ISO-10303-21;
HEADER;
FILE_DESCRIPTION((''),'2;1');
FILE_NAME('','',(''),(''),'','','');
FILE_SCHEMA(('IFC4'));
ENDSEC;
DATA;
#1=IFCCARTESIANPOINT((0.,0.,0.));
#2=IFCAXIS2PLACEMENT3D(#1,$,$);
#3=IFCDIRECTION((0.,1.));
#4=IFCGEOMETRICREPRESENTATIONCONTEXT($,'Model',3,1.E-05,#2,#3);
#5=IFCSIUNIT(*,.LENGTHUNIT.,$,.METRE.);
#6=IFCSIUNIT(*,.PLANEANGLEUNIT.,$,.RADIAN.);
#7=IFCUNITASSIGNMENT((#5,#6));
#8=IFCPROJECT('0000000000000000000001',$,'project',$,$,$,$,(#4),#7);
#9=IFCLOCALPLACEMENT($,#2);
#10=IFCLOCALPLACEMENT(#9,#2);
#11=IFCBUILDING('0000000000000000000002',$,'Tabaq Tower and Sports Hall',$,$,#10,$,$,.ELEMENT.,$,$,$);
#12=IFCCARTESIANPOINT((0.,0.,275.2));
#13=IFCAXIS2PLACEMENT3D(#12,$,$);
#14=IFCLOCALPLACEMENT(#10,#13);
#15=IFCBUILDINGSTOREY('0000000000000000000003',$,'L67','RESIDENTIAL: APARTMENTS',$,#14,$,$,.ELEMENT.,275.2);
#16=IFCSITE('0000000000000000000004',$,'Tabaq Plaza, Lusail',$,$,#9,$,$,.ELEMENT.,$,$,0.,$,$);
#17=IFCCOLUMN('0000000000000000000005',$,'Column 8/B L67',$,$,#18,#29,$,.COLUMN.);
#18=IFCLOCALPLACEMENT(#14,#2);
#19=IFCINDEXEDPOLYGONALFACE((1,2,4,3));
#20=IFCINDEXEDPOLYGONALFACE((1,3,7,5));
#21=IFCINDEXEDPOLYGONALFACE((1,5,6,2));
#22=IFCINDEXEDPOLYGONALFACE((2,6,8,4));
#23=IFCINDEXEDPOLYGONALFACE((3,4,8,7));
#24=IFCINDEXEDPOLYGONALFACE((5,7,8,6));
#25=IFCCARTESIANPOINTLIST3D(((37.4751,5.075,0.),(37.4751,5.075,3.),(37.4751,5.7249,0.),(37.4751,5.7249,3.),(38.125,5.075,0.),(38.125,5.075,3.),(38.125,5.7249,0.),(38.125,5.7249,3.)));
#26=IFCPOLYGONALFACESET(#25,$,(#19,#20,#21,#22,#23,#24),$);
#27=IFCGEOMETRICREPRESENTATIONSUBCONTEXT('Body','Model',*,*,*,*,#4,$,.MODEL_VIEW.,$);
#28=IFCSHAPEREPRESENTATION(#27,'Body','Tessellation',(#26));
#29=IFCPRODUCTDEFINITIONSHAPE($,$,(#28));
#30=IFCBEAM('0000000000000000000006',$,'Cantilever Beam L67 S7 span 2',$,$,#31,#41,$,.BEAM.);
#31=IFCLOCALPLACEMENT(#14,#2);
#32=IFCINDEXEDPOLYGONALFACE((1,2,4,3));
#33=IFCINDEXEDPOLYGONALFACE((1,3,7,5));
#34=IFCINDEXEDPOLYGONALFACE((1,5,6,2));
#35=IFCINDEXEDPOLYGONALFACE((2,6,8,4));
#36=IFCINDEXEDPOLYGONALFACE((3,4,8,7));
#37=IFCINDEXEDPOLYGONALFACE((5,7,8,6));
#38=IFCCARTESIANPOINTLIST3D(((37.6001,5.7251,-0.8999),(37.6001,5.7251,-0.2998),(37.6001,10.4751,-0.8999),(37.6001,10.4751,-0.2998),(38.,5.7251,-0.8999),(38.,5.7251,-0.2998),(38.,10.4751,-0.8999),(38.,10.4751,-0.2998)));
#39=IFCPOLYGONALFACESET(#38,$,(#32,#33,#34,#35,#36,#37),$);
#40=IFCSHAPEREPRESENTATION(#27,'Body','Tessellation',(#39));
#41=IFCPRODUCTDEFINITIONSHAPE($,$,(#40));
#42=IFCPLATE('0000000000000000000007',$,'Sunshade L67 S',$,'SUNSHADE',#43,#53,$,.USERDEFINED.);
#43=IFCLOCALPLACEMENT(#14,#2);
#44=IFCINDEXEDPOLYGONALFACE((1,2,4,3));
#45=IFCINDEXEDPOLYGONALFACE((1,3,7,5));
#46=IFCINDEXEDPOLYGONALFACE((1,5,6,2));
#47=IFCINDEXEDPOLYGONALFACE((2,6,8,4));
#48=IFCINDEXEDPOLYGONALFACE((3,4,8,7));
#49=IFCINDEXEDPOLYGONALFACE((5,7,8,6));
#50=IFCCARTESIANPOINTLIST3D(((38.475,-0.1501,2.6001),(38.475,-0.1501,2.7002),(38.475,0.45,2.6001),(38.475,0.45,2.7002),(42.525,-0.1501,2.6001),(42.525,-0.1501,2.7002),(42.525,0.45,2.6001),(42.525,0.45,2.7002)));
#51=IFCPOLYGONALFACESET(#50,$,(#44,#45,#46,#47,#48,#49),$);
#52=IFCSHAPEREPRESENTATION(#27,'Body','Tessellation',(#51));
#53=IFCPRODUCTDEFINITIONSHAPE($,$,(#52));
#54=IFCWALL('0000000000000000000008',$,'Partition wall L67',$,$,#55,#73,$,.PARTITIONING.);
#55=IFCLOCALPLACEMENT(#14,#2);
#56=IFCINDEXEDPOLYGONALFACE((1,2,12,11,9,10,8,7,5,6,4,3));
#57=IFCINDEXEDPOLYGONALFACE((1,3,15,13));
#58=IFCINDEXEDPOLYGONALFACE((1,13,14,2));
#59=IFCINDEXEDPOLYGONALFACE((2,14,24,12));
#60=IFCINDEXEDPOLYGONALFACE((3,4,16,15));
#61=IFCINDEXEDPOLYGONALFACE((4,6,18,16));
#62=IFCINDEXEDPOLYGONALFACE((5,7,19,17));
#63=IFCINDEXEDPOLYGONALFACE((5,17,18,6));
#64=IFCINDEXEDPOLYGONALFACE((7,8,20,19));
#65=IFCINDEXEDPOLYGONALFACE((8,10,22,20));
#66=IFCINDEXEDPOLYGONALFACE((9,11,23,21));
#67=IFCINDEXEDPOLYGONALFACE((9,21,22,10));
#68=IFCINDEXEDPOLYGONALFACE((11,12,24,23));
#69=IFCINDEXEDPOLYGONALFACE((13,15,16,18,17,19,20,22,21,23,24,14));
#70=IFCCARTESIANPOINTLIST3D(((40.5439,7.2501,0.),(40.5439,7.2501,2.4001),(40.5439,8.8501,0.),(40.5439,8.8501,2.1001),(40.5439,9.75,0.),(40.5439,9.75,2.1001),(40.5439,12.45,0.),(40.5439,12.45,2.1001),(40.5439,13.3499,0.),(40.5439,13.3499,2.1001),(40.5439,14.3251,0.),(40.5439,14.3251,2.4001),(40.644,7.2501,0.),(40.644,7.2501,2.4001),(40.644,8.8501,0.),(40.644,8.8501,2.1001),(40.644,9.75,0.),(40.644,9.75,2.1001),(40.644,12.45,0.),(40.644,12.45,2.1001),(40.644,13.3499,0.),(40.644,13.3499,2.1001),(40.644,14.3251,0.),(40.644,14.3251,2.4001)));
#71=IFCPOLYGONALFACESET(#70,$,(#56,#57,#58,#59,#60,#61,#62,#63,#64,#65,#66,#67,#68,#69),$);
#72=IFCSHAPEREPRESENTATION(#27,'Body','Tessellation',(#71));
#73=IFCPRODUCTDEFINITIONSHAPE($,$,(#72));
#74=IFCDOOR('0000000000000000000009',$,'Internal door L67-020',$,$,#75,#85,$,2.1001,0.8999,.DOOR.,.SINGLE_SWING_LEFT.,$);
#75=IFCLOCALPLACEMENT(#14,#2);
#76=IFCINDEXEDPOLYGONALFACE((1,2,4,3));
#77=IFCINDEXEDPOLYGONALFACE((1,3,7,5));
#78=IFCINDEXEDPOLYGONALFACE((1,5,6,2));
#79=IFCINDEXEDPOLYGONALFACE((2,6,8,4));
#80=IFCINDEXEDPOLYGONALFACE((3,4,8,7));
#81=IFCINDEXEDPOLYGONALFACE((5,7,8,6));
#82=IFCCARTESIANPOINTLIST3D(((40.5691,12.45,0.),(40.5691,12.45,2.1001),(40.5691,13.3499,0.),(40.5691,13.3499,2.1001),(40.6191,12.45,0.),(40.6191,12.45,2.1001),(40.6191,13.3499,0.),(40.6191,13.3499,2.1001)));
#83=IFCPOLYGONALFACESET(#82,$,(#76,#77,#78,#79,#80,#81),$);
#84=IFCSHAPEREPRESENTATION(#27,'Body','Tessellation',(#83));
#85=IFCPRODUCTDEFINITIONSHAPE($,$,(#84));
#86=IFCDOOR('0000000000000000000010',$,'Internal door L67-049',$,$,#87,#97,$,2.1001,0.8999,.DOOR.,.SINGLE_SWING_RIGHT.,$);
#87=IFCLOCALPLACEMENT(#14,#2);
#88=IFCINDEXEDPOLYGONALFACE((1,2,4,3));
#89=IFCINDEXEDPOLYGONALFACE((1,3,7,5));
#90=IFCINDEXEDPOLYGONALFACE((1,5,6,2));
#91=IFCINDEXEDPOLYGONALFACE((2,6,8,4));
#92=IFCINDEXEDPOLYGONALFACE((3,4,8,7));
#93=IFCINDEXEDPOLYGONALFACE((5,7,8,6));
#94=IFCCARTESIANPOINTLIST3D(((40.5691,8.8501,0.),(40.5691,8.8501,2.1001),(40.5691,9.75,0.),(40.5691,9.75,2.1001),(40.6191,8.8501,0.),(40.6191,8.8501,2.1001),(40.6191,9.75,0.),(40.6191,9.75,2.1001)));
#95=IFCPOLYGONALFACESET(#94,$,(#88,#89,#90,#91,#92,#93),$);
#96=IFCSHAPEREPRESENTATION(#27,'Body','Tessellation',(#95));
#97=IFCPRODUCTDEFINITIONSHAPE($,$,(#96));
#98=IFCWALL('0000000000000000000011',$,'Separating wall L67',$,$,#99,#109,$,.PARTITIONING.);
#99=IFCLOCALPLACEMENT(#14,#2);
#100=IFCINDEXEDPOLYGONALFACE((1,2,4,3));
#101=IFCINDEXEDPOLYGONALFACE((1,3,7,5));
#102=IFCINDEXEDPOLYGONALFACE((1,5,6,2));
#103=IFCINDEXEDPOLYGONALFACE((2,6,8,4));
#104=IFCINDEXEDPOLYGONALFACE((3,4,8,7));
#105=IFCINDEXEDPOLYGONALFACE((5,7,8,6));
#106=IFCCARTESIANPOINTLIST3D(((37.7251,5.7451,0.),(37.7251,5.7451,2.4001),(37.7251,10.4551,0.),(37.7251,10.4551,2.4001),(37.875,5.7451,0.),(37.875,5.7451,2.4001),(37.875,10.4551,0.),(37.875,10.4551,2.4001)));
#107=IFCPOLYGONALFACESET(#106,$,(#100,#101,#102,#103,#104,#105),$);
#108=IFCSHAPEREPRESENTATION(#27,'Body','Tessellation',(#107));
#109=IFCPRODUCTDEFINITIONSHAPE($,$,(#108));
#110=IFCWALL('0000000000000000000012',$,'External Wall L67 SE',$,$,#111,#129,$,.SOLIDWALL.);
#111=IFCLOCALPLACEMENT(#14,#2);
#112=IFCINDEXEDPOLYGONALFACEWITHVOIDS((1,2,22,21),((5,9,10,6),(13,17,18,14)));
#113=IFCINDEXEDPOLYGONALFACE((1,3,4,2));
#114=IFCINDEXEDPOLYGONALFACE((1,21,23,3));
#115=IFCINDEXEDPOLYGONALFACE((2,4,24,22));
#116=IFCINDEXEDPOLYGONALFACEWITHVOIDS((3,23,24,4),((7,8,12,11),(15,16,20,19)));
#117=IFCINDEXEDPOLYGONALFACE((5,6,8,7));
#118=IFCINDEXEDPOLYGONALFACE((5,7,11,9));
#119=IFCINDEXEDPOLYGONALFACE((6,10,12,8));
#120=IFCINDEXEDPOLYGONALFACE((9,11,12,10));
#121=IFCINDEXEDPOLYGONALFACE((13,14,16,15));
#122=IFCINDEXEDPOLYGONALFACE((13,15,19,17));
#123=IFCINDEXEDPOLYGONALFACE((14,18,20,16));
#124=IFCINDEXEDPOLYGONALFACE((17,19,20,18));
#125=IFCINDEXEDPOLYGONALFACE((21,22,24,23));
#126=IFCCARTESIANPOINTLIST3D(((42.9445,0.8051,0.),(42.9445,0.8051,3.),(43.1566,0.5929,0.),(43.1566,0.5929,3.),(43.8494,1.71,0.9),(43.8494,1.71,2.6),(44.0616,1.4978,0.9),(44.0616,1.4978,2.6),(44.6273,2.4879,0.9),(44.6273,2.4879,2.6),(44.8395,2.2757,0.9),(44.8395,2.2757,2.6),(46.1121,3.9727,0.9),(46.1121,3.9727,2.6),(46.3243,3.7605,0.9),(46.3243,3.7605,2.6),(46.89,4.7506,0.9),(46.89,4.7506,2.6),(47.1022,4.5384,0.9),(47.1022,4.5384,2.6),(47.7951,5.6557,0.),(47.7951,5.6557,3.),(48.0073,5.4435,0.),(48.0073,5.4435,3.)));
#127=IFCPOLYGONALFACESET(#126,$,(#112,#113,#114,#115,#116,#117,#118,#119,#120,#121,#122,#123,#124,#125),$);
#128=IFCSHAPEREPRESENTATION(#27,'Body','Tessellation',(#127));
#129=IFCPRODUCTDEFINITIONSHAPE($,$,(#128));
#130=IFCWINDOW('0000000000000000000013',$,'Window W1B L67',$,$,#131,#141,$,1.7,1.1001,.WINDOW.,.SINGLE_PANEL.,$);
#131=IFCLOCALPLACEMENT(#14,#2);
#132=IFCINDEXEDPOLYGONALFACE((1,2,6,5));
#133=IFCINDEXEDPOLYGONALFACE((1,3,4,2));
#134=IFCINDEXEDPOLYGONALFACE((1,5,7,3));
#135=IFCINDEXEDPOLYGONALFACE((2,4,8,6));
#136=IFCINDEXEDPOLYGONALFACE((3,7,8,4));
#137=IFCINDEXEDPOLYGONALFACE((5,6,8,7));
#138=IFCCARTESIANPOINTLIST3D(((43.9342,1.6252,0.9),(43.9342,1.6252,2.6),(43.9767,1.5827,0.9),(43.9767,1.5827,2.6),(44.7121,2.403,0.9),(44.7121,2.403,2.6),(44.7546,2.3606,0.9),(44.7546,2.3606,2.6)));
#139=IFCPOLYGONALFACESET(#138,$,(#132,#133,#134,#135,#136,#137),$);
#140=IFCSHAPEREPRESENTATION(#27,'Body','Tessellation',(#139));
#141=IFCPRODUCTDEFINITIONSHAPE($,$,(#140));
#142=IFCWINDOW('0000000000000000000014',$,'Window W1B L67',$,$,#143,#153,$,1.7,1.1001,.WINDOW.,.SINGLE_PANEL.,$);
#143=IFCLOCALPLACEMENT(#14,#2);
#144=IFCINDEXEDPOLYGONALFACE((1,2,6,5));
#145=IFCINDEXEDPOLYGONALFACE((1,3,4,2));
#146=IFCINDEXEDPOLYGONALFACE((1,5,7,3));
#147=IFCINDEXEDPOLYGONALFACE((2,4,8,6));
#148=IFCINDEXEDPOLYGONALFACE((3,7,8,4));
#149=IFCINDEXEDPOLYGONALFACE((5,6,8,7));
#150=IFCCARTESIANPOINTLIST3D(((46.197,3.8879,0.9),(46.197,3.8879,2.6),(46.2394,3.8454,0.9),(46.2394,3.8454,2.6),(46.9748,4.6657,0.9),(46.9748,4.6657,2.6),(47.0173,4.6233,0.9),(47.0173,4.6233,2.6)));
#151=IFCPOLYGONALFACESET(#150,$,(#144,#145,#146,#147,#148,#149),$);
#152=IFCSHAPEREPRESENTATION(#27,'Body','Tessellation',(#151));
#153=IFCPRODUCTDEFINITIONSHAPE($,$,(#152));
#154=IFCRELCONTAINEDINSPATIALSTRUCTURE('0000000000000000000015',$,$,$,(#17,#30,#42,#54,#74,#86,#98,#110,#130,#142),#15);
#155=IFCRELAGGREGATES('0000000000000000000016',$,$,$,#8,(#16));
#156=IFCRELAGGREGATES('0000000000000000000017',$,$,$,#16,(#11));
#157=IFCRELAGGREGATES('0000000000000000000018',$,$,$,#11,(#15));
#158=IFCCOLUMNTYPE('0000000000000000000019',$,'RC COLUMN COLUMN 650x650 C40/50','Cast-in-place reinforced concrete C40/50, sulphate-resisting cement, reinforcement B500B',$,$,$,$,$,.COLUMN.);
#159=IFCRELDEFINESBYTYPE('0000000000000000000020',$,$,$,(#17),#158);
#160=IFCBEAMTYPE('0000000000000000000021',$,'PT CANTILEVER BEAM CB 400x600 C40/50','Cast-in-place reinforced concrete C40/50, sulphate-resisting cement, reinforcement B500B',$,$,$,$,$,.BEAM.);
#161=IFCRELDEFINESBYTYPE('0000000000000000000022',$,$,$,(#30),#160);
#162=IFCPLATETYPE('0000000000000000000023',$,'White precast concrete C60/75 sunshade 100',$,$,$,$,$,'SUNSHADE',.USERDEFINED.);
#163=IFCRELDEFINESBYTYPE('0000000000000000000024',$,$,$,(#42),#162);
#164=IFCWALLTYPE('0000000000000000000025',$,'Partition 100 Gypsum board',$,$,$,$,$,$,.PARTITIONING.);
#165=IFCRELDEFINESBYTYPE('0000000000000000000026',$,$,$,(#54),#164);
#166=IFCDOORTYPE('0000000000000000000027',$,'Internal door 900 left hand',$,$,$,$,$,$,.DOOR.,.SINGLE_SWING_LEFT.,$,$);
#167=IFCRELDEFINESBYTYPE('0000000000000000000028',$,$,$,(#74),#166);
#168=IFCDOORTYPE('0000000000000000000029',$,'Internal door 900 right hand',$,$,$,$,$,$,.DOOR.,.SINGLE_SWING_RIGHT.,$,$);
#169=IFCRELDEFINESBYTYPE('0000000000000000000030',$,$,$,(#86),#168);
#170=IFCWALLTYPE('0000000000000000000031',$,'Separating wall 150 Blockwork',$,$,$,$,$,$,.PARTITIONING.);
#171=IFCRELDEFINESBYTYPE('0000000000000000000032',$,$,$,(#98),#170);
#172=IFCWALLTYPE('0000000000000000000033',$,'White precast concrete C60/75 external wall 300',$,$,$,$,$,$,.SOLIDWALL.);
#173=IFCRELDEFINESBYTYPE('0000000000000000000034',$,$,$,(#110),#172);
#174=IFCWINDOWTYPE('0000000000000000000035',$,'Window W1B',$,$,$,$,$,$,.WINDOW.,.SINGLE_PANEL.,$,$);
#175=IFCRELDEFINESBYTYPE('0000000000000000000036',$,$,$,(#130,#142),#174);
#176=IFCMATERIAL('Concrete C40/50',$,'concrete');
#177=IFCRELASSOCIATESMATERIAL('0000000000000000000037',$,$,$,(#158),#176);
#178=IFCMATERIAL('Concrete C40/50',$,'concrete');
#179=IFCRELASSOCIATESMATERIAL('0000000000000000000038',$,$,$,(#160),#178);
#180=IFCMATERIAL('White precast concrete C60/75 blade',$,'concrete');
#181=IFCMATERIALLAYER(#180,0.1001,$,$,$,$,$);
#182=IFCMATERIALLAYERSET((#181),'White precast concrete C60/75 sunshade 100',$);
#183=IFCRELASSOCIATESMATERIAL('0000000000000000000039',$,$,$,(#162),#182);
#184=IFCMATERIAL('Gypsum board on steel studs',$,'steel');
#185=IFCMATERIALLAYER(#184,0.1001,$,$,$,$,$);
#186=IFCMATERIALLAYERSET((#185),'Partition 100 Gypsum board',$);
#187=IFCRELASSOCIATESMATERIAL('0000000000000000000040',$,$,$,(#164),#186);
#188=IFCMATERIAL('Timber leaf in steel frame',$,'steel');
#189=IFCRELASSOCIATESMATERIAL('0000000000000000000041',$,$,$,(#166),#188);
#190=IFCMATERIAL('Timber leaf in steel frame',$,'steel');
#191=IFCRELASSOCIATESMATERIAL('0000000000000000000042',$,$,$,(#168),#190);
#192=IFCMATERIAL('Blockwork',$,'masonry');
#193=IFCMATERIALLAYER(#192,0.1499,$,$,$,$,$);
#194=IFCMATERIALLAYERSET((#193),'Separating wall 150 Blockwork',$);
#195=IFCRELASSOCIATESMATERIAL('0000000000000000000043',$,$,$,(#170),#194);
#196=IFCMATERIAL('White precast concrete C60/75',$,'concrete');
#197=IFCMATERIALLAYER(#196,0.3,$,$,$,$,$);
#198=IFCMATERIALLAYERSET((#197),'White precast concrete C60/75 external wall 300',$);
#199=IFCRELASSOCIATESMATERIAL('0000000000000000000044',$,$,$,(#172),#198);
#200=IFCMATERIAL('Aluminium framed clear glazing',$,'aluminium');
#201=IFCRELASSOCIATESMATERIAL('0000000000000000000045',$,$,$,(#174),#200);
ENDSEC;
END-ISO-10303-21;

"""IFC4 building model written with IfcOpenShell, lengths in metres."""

from ifc_helpers import new_model, si_unit, direction, frame, frame_2d, origin, origin_2d, place, context, subcontext, project, spatial, rectangle, extrude, material, layer, layer_set, material_profile, profile_set, type_object, element, fill, save


model = new_model("IFC4")

# Units and contexts
model_context = context("Model", 3, precision=1e-05, world=origin(), true_north=direction((0.0, 1.0)))
body_context = subcontext(model_context, "Body", "Model", "MODEL_VIEW")
ifc_project = project(units=[si_unit("LENGTHUNIT", "METRE"), si_unit("PLANEANGLEUNIT", "RADIAN")], contexts=[model_context])

# Site, building, storey
site_placement = place(None, origin())
site = spatial("IfcSite", under=ifc_project, at=site_placement, Name="Tabaq Plaza, Lusail", CompositionType="ELEMENT", RefElevation=0.0)
building_placement = place(site_placement, origin())
building = spatial("IfcBuilding", under=site, at=building_placement, Name="Tabaq Tower and Sports Hall", CompositionType="ELEMENT")
storey_placement = place(building_placement, frame((0.0, 0.0, 275.2)))
storey = spatial("IfcBuildingStorey", under=building, at=storey_placement, Name="L67", Description="RESIDENTIAL: APARTMENTS", CompositionType="ELEMENT", Elevation=275.2)

# Column
ifc_material_1 = material(Name="Concrete C40/50", Category="concrete")
ifc_material_profile_1 = material_profile(ifc_material_1, rectangle(XDim=0.6499, YDim=0.6499, at=origin_2d()), Name="COLUMN 650x650")
ifc_profile_set_1 = profile_set([ifc_material_profile_1], Name="Concrete C40/50")
column_type = type_object("IfcColumnType", Name="RC COLUMN COLUMN 650x650 C40/50", Description="Cast-in-place reinforced concrete C40/50, sulphate-resisting cement, reinforcement B500B", PredefinedType="COLUMN", material=ifc_profile_set_1)
column_placement = place(storey_placement, frame((37.8, 5.3999, 0.0), z_axis=(0.0, 0.0, 1.0), x_axis=(1.0, 0.0, 0.0)))
element("IfcColumn", 1, at=column_placement, inside=storey, type_object=column_type, Name="Column 8/B L67", PredefinedType="COLUMN", context=body_context, shape_type="SweptSolid", body=[
    extrude(rectangle(XDim=0.6499, YDim=0.6499, at=origin_2d()), origin(), (0.0, 0.0, 1.0), 3.0),
])

# Beam
ifc_material_2 = material(Name="Concrete C40/50", Category="concrete")
ifc_material_profile_2 = material_profile(ifc_material_2, rectangle(XDim=0.3999, YDim=0.6001, at=origin_2d()), Name="CB 400x600")
ifc_profile_set_2 = profile_set([ifc_material_profile_2], Name="Concrete C40/50")
beam_type = type_object("IfcBeamType", Name="PT CANTILEVER BEAM CB 400x600 C40/50", Description="Cast-in-place reinforced concrete C40/50, sulphate-resisting cement, reinforcement B500B", PredefinedType="BEAM", material=ifc_profile_set_2)
beam_placement = place(storey_placement, frame((37.8, 5.7251, -0.5999), z_axis=(0.0, 1.0, 0.0), x_axis=(-1.0, 0.0, 0.0)))
element("IfcBeam", 2, at=beam_placement, inside=storey, type_object=beam_type, Name="Cantilever Beam L67 S7 span 2", PredefinedType="BEAM", context=body_context, shape_type="SweptSolid", body=[
    extrude(rectangle(XDim=0.3999, YDim=0.6001, at=origin_2d()), origin(), (0.0, 0.0, 1.0), 4.75),
])

# Plate
ifc_material_3 = material(Name="White precast concrete C60/75 blade", Category="concrete")
ifc_layer_1 = layer(ifc_material_3, 0.1001)
ifc_layer_set_1 = layer_set([ifc_layer_1], Name="White precast concrete C60/75 sunshade 100")
plate_type = type_object("IfcPlateType", Name="White precast concrete C60/75 sunshade 100", ElementType="SUNSHADE", PredefinedType="USERDEFINED", material=ifc_layer_set_1)
plate_placement = place(storey_placement, frame((40.5, 0.1499, 2.6001), z_axis=(0.0, 0.0, 1.0), x_axis=(1.0, 0.0, 0.0)))
element("IfcPlate", 3, at=plate_placement, inside=storey, type_object=plate_type, Name="Sunshade L67 S", ObjectType="SUNSHADE", PredefinedType="USERDEFINED", context=body_context, shape_type="SweptSolid", body=[
    extrude(rectangle(XDim=4.05, YDim=0.6001, at=origin_2d()), origin(), (0.0, 0.0, 1.0), 0.1001),
])

# Wall, openings, doors
ifc_material_4 = material(Name="Gypsum board on steel studs", Category="steel")
ifc_layer_2 = layer(ifc_material_4, 0.1001)
ifc_layer_set_2 = layer_set([ifc_layer_2], Name="Partition 100 Gypsum board")
wall_type_1 = type_object("IfcWallType", Name="Partition 100 Gypsum board", PredefinedType="PARTITIONING", material=ifc_layer_set_2)
wall_1_placement = place(storey_placement, frame((40.594, 7.25, 0.0), z_axis=(0.0, 0.0, 1.0), x_axis=(0.0, 1.0, 0.0)))
wall_1 = element("IfcWall", 4, at=wall_1_placement, inside=storey, type_object=wall_type_1, Name="Partition wall L67", PredefinedType="PARTITIONING", context=body_context, shape_type="SweptSolid", body=[
    extrude(rectangle(XDim=7.075, YDim=0.1001, at=frame_2d((3.5376, 0.0))), origin(), (0.0, 0.0, 1.0), 2.4001),
])
opening_1_placement = place(wall_1_placement, frame((5.2, 0.0, 0.0)))
opening_1 = element("IfcOpeningElement", 5, at=opening_1_placement, cuts=wall_1, PredefinedType="OPENING", context=body_context, shape_type="SweptSolid", body=[
    extrude(rectangle(XDim=0.8999, YDim=2.1001, at=frame_2d((0.45, 1.05))), frame((0.0, 0.05, 0.0), z_axis=(0.0, -1.0, 0.0), x_axis=(1.0, 0.0, 0.0)), (0.0, 0.0, 1.0), 0.1001),
])
opening_2_placement = place(wall_1_placement, frame((1.6001, 0.0, 0.0)))
opening_2 = element("IfcOpeningElement", 6, at=opening_2_placement, cuts=wall_1, PredefinedType="OPENING", context=body_context, shape_type="SweptSolid", body=[
    extrude(rectangle(XDim=0.8999, YDim=2.1001, at=frame_2d((0.45, 1.05))), frame((0.0, 0.05, 0.0), z_axis=(0.0, -1.0, 0.0), x_axis=(1.0, 0.0, 0.0)), (0.0, 0.0, 1.0), 0.1001),
])
ifc_material_5 = material(Name="Timber leaf in steel frame", Category="steel")
door_type_1 = type_object("IfcDoorType", Name="Internal door 900 left hand", OperationType="SINGLE_SWING_LEFT", PredefinedType="DOOR", material=ifc_material_5)
door_1_placement = place(opening_1_placement, origin())
door_1 = element("IfcDoor", 7, at=door_1_placement, inside=storey, type_object=door_type_1, Name="Internal door L67-020", OperationType="SINGLE_SWING_LEFT", OverallHeight=2.1001, OverallWidth=0.8999, PredefinedType="DOOR", context=body_context, shape_type="SweptSolid", body=[
    extrude(rectangle(XDim=0.8999, YDim=2.1001, at=frame_2d((0.45, 1.05))), frame((0.0, 0.0249, 0.0), z_axis=(0.0, -1.0, 0.0), x_axis=(1.0, 0.0, 0.0)), (0.0, 0.0, 1.0), 0.05),
])
fill(opening_1, door_1)
ifc_material_6 = material(Name="Timber leaf in steel frame", Category="steel")
door_type_2 = type_object("IfcDoorType", Name="Internal door 900 right hand", OperationType="SINGLE_SWING_RIGHT", PredefinedType="DOOR", material=ifc_material_6)
door_2_placement = place(opening_2_placement, origin())
door_2 = element("IfcDoor", 8, at=door_2_placement, inside=storey, type_object=door_type_2, Name="Internal door L67-049", OperationType="SINGLE_SWING_RIGHT", OverallHeight=2.1001, OverallWidth=0.8999, PredefinedType="DOOR", context=body_context, shape_type="SweptSolid", body=[
    extrude(rectangle(XDim=0.8999, YDim=2.1001, at=frame_2d((0.45, 1.05))), frame((0.0, 0.0249, 0.0), z_axis=(0.0, -1.0, 0.0), x_axis=(1.0, 0.0, 0.0)), (0.0, 0.0, 1.0), 0.05),
])
fill(opening_2, door_2)

# Wall
ifc_material_7 = material(Name="Blockwork", Category="masonry")
ifc_layer_3 = layer(ifc_material_7, 0.1499)
ifc_layer_set_3 = layer_set([ifc_layer_3], Name="Separating wall 150 Blockwork")
wall_type_2 = type_object("IfcWallType", Name="Separating wall 150 Blockwork", PredefinedType="PARTITIONING", material=ifc_layer_set_3)
wall_2_placement = place(storey_placement, frame((37.8, 5.7451, 0.0), z_axis=(0.0, 0.0, 1.0), x_axis=(0.0, 1.0, 0.0)))
element("IfcWall", 9, at=wall_2_placement, inside=storey, type_object=wall_type_2, Name="Separating wall L67", PredefinedType="PARTITIONING", context=body_context, shape_type="SweptSolid", body=[
    extrude(rectangle(XDim=4.71, YDim=0.1499, at=frame_2d((2.355, 0.0))), origin(), (0.0, 0.0, 1.0), 2.4001),
])

# Wall, openings, windows
ifc_material_8 = material(Name="White precast concrete C60/75", Category="concrete")
ifc_layer_4 = layer(ifc_material_8, 0.3)
ifc_layer_set_4 = layer_set([ifc_layer_4], Name="White precast concrete C60/75 external wall 300")
wall_type_3 = type_object("IfcWallType", Name="White precast concrete C60/75 external wall 300", PredefinedType="SOLIDWALL", material=ifc_layer_set_4)
wall_3_placement = place(storey_placement, frame((43.0505, 0.699, 0.0), z_axis=(0.0, 0.0, 1.0), x_axis=(0.707107, 0.707107, 0.0)))
wall_3 = element("IfcWall", 10, at=wall_3_placement, inside=storey, type_object=wall_type_3, Name="External Wall L67 SE", PredefinedType="SOLIDWALL", context=body_context, shape_type="SweptSolid", body=[
    extrude(rectangle(XDim=6.8599, YDim=0.3, at=frame_2d((3.4299, 0.0))), origin(), (0.0, 0.0, 1.0), 3.0),
])
opening_3_placement = place(wall_3_placement, frame((1.2798, 0.0, 0.8999)))
opening_3 = element("IfcOpeningElement", 11, at=opening_3_placement, cuts=wall_3, PredefinedType="OPENING", context=body_context, shape_type="SweptSolid", body=[
    extrude(rectangle(XDim=1.1001, YDim=1.7, at=frame_2d((0.55, 0.8501))), frame((0.0, 0.1602, 0.0), z_axis=(0.0, -1.0, 0.0), x_axis=(1.0, 0.0, 0.0)), (0.0, 0.0, 1.0), 0.3201),
])
opening_4_placement = place(wall_3_placement, frame((4.4797, 0.0, 0.8999)))
opening_4 = element("IfcOpeningElement", 12, at=opening_4_placement, cuts=wall_3, PredefinedType="OPENING", context=body_context, shape_type="SweptSolid", body=[
    extrude(rectangle(XDim=1.1001, YDim=1.7, at=frame_2d((0.55, 0.8501))), frame((0.0, 0.1602, 0.0), z_axis=(0.0, -1.0, 0.0), x_axis=(1.0, 0.0, 0.0)), (0.0, 0.0, 1.0), 0.3201),
])
ifc_material_9 = material(Name="Aluminium framed clear glazing", Category="aluminium")
window_type = type_object("IfcWindowType", Name="Window W1B", PartitioningType="SINGLE_PANEL", PredefinedType="WINDOW", material=ifc_material_9)
window_1_placement = place(opening_3_placement, origin())
window_1 = element("IfcWindow", 13, at=window_1_placement, inside=storey, type_object=window_type, Name="Window W1B L67", OverallHeight=1.7, OverallWidth=1.1001, PartitioningType="SINGLE_PANEL", PredefinedType="WINDOW", context=body_context, shape_type="SweptSolid", body=[
    extrude(rectangle(XDim=1.1001, YDim=1.7, at=frame_2d((0.55, 0.8501))), frame((0.0, 0.03, 0.0), z_axis=(0.0, -1.0, 0.0), x_axis=(1.0, 0.0, 0.0)), (0.0, 0.0, 1.0), 0.0601),
])
fill(opening_3, window_1)
window_2_placement = place(opening_4_placement, origin())
window_2 = element("IfcWindow", 14, at=window_2_placement, inside=storey, type_object=window_type, Name="Window W1B L67", OverallHeight=1.7, OverallWidth=1.1001, PartitioningType="SINGLE_PANEL", PredefinedType="WINDOW", context=body_context, shape_type="SweptSolid", body=[
    extrude(rectangle(XDim=1.1001, YDim=1.7, at=frame_2d((0.55, 0.8501))), frame((0.0, 0.03, 0.0), z_axis=(0.0, -1.0, 0.0), x_axis=(1.0, 0.0, 0.0)), (0.0, 0.0, 1.0), 0.0601),
])
fill(opening_4, window_2)

save(model, "model.ifc")
